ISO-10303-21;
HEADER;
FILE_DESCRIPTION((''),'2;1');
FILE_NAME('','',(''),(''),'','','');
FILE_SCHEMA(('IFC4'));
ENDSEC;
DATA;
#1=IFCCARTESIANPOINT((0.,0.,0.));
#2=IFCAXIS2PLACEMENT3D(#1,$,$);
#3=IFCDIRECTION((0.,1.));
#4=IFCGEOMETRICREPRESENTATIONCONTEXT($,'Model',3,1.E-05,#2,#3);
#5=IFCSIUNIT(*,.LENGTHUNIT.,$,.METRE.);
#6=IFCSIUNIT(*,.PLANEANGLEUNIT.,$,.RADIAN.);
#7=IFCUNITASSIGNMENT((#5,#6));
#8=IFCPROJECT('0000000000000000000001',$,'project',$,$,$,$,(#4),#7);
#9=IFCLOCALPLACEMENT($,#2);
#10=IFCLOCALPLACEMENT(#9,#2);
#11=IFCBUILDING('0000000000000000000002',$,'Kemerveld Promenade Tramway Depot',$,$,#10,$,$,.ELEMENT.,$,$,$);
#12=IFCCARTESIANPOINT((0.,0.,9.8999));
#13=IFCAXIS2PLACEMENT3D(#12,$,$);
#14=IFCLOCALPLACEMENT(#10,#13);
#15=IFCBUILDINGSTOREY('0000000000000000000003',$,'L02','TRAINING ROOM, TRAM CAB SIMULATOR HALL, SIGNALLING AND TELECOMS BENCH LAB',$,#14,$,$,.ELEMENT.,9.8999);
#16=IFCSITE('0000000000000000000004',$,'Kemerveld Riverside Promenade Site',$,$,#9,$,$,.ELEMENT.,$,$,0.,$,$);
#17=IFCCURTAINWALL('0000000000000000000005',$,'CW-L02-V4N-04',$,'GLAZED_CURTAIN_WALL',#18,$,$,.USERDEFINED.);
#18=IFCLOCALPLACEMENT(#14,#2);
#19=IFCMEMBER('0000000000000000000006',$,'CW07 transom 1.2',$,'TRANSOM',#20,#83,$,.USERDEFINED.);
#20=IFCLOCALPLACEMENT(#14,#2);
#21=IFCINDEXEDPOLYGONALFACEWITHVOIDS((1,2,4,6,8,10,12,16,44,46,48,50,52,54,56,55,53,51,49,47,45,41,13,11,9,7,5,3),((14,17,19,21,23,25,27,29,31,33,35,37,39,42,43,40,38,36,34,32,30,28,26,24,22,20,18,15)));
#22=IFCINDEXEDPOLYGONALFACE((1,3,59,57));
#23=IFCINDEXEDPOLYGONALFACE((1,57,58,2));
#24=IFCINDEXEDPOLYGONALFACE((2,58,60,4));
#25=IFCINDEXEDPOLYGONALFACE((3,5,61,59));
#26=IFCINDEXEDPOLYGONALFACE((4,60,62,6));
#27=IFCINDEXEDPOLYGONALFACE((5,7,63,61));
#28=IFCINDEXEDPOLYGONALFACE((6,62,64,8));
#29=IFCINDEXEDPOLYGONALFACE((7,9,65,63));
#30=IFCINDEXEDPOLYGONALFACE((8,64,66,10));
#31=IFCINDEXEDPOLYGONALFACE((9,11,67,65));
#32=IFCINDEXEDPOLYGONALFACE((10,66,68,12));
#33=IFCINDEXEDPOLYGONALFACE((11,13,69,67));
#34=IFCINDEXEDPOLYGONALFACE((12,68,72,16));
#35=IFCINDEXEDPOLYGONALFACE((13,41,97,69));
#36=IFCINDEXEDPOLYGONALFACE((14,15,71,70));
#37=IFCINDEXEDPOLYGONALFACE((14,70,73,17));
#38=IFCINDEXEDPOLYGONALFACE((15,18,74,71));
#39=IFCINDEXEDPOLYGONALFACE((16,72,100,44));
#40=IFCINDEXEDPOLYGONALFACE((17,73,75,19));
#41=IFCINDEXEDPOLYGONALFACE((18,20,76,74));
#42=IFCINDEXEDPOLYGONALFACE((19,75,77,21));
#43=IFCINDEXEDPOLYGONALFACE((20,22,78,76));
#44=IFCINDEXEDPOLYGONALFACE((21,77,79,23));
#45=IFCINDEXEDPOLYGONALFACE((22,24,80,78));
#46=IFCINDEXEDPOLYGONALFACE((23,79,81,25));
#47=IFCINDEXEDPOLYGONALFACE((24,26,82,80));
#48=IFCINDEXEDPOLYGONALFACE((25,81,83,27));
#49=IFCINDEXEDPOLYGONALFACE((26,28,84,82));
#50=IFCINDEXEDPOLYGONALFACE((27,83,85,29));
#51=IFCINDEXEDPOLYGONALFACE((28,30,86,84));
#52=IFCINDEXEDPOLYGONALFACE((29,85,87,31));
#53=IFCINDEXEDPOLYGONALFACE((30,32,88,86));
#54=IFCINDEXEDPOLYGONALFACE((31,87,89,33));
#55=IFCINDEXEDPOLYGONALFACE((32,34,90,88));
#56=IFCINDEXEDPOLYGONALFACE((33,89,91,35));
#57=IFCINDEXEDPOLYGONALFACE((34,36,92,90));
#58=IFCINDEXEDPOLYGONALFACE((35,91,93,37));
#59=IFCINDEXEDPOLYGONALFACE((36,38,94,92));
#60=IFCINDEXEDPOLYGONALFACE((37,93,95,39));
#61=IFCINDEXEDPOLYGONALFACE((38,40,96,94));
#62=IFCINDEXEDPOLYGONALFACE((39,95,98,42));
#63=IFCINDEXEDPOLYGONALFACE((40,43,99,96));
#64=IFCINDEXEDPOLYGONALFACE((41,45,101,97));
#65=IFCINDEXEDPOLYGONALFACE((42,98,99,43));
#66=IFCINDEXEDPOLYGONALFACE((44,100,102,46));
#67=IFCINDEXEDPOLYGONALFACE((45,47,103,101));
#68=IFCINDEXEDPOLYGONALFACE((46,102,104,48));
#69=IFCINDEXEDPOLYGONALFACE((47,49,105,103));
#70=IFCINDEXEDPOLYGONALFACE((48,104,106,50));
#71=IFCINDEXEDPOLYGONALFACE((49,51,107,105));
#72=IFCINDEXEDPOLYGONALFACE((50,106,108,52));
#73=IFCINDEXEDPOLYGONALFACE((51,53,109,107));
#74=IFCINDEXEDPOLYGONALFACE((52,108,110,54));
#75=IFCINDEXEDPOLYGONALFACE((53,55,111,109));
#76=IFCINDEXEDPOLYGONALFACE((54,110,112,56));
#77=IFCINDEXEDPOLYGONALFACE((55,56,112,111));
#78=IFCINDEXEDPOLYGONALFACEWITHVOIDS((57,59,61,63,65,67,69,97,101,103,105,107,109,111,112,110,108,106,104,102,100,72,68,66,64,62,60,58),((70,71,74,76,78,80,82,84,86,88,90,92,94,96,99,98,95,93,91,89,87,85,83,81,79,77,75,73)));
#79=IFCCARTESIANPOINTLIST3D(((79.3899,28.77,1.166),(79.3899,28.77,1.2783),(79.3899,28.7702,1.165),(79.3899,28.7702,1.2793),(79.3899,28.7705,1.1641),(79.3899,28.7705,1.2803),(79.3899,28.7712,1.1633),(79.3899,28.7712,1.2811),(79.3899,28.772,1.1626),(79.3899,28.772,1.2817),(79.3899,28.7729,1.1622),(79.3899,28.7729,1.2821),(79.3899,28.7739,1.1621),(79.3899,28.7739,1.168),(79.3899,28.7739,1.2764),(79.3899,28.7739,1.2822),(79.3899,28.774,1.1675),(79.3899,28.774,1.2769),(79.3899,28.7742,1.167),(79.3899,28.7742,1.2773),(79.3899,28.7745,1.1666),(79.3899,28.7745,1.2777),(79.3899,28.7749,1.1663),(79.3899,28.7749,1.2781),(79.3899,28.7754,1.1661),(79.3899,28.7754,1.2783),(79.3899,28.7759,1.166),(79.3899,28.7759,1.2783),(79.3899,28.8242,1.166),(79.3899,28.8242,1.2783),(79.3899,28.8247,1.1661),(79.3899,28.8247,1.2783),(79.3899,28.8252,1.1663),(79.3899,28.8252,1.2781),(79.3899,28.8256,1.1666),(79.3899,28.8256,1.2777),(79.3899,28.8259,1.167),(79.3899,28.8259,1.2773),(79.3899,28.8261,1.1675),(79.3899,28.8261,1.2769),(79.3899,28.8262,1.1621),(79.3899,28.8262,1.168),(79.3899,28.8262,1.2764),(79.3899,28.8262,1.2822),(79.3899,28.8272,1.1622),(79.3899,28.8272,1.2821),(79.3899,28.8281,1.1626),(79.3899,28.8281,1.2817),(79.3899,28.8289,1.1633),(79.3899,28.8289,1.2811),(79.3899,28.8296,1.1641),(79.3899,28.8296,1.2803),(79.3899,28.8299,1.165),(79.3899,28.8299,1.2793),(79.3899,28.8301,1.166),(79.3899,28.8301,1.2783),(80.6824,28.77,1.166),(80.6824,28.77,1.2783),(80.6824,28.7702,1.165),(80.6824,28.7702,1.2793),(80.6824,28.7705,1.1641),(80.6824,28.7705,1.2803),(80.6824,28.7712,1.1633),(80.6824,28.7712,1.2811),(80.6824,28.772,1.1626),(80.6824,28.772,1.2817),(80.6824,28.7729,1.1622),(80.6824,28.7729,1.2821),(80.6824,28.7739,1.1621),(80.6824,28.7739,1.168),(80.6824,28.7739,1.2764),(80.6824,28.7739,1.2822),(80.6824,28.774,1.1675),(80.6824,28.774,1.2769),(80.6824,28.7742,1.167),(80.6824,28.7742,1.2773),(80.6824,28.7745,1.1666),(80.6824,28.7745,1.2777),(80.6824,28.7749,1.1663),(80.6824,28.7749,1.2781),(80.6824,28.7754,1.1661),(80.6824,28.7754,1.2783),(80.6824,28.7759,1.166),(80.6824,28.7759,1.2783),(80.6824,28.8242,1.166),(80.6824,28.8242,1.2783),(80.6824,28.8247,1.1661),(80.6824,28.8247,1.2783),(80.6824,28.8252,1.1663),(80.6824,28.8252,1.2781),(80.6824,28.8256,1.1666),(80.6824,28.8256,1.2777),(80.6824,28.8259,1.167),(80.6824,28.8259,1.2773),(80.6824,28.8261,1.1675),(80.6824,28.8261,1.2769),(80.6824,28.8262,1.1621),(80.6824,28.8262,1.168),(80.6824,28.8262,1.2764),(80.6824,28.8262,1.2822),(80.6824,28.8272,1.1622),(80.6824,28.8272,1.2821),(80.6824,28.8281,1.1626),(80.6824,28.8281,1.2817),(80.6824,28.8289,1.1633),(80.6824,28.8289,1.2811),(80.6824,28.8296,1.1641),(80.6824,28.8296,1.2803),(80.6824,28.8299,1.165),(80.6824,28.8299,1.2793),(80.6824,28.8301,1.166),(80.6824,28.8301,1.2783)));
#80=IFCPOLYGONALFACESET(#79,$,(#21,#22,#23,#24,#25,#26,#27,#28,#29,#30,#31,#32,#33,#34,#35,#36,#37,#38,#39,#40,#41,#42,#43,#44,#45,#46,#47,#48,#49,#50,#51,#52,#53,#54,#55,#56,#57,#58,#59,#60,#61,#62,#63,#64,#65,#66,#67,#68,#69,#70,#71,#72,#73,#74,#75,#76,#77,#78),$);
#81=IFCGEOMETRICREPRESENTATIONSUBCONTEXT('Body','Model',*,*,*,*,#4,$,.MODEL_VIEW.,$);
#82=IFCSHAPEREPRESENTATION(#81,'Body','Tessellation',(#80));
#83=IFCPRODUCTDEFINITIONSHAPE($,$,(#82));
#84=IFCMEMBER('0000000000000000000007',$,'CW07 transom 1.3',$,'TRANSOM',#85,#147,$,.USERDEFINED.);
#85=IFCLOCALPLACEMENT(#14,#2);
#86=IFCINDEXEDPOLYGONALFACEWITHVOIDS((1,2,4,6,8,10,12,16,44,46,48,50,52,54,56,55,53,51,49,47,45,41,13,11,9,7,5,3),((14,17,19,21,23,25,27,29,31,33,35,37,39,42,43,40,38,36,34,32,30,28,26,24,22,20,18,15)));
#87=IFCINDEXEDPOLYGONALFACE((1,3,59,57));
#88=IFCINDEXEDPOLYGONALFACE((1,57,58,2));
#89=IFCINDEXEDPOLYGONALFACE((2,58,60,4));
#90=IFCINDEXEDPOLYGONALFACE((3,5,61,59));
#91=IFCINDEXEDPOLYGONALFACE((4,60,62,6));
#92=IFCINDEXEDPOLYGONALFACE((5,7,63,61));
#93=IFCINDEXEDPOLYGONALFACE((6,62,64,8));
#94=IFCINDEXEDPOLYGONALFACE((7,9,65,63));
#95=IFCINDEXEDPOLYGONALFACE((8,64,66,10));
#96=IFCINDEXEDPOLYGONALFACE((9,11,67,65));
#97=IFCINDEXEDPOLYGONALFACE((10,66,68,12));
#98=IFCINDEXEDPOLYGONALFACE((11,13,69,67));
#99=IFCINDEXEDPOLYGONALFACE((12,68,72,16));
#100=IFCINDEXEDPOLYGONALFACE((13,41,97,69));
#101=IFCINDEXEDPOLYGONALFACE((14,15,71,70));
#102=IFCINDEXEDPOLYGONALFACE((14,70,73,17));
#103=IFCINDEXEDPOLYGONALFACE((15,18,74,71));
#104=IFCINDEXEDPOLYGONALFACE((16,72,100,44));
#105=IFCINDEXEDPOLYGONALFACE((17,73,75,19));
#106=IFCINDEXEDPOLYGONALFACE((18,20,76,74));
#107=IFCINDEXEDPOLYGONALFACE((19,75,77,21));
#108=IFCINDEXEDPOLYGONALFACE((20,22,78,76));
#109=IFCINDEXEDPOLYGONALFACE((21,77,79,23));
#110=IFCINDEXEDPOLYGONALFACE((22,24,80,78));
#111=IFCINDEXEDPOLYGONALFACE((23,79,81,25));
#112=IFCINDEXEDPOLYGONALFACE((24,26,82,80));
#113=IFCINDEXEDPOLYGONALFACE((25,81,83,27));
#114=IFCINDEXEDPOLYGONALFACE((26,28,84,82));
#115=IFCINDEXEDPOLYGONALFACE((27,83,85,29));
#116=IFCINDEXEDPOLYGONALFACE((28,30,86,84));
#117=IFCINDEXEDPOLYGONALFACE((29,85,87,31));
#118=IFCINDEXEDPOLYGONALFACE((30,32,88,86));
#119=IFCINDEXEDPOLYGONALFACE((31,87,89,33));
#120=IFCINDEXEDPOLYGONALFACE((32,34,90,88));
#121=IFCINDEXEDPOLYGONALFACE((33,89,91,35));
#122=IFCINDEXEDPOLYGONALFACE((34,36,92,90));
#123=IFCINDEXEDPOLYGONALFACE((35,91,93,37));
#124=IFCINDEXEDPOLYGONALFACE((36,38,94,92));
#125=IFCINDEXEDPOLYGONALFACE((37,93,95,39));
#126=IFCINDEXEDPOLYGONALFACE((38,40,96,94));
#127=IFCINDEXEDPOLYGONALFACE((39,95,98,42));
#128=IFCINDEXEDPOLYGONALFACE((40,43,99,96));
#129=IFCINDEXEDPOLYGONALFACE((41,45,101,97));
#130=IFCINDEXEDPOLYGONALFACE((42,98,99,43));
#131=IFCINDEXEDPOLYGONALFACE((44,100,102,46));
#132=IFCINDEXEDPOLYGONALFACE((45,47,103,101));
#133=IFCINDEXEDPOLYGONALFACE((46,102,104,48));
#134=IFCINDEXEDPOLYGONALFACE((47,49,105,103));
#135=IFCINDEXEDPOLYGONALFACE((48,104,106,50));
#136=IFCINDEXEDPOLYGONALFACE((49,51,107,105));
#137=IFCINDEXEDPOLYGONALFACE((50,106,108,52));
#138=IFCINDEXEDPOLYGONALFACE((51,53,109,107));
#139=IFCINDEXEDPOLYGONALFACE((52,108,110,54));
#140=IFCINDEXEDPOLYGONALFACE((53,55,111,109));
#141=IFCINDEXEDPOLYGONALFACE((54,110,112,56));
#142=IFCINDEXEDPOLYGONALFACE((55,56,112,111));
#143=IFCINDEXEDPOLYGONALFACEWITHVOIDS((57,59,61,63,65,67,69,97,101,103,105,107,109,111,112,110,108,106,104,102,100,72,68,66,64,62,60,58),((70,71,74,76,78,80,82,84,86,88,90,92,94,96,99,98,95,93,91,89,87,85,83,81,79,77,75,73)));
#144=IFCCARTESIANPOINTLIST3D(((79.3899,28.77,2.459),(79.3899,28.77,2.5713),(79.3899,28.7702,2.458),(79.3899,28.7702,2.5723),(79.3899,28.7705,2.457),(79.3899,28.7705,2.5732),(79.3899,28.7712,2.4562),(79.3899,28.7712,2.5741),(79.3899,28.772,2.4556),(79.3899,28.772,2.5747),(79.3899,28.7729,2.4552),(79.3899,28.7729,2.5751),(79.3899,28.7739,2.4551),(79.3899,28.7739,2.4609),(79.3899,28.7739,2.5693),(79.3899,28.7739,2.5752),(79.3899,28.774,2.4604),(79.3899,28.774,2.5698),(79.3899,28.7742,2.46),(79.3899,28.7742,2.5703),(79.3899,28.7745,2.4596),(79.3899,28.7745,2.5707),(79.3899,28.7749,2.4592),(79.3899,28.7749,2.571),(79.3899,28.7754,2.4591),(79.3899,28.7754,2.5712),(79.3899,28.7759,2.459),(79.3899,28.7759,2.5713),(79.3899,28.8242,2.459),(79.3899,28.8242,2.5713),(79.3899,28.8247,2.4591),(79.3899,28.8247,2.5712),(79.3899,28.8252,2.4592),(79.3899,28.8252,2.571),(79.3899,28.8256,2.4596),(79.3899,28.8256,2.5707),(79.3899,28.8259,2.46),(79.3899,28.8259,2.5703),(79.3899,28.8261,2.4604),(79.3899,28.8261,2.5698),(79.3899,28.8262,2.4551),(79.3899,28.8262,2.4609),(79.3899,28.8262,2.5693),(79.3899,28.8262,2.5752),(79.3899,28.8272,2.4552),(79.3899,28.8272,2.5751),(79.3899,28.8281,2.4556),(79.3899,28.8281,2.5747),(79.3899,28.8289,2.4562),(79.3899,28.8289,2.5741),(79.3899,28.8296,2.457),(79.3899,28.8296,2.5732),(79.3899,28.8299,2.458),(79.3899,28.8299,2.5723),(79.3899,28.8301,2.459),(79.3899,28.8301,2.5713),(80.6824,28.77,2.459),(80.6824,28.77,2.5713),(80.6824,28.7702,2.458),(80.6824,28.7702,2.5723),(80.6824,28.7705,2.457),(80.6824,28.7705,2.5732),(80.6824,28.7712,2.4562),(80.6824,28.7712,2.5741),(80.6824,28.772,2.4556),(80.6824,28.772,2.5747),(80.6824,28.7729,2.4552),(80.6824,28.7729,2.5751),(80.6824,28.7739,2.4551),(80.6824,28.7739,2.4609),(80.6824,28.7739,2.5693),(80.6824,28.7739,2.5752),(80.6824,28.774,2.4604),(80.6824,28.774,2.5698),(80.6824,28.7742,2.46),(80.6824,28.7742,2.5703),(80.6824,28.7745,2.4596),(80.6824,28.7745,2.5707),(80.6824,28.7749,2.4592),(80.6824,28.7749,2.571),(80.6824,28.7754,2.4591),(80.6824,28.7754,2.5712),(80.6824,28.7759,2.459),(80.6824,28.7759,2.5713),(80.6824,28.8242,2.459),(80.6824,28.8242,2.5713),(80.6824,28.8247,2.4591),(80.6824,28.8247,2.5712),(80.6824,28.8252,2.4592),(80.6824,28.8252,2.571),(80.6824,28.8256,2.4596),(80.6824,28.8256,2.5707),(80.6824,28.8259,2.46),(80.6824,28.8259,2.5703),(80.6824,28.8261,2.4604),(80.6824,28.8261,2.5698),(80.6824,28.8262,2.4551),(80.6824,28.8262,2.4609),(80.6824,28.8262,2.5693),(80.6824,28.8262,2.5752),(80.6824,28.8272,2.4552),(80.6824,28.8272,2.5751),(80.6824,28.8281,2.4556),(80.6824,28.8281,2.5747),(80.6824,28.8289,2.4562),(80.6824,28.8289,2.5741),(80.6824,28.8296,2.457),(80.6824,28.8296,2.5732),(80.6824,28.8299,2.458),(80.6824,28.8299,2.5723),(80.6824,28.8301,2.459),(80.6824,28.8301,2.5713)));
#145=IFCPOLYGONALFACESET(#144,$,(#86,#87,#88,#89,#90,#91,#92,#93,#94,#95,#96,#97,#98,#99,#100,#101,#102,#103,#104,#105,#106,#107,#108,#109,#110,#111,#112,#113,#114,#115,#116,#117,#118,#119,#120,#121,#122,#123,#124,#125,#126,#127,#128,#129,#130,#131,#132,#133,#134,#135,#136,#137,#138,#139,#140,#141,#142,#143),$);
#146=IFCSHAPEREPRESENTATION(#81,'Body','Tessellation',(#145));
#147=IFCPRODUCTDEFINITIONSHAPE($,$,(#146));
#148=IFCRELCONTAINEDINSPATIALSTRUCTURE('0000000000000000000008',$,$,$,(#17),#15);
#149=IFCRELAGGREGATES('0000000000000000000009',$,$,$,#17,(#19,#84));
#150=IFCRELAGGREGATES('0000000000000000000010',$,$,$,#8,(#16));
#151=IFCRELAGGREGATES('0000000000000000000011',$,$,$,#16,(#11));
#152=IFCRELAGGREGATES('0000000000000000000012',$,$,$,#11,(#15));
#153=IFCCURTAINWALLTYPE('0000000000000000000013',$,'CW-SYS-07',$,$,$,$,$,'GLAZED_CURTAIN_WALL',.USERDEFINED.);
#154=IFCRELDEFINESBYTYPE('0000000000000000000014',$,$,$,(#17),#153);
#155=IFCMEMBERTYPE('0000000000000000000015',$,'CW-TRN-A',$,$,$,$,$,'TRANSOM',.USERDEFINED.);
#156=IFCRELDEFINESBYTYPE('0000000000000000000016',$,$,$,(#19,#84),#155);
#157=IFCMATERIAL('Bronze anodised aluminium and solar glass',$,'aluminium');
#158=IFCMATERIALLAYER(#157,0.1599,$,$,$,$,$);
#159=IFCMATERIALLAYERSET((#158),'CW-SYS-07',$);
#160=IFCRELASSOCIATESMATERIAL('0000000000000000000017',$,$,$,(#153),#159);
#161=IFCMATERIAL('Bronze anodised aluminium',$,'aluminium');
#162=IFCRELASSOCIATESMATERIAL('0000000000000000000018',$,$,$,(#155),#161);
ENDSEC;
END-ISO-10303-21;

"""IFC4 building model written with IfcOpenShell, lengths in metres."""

from ifc_helpers import new_model, si_unit, direction, frame, origin, origin_2d, place, context, subcontext, project, spatial, hollow_rectangle, extrude, material, layer, layer_set, material_profile, profile_set, type_object, element, aggregate, save


model = new_model("IFC4")

# Units and contexts
model_context = context("Model", 3, precision=1e-05, world=origin(), true_north=direction((0.0, 1.0)))
body_context = subcontext(model_context, "Body", "Model", "MODEL_VIEW")
ifc_project = project(units=[si_unit("LENGTHUNIT", "METRE"), si_unit("PLANEANGLEUNIT", "RADIAN")], contexts=[model_context])

# Site, building, storey
site_placement = place(None, origin())
site = spatial("IfcSite", under=ifc_project, at=site_placement, Name="Kemerveld Riverside Promenade Site", CompositionType="ELEMENT", RefElevation=0.0)
building_placement = place(site_placement, origin())
building = spatial("IfcBuilding", under=site, at=building_placement, Name="Kemerveld Promenade Tramway Depot", CompositionType="ELEMENT")
storey_placement = place(building_placement, frame((0.0, 0.0, 9.8999)))
storey = spatial("IfcBuildingStorey", under=building, at=storey_placement, Name="L02", Description="TRAINING ROOM, TRAM CAB SIMULATOR HALL, SIGNALLING AND TELECOMS BENCH LAB", CompositionType="ELEMENT", Elevation=9.8999)

# Curtain wall, members
ifc_material_1 = material(Name="Bronze anodised aluminium and solar glass", Category="aluminium")
ifc_layer_1 = layer(ifc_material_1, 0.1599)
ifc_layer_set_1 = layer_set([ifc_layer_1], Name="CW-SYS-07")
curtain_wall_type = type_object("IfcCurtainWallType", Name="CW-SYS-07", ElementType="GLAZED_CURTAIN_WALL", PredefinedType="USERDEFINED", material=ifc_layer_set_1)
curtain_wall_placement = place(storey_placement, origin())
curtain_wall = element("IfcCurtainWall", 1, at=curtain_wall_placement, inside=storey, type_object=curtain_wall_type, Name="CW-L02-V4N-04", ObjectType="GLAZED_CURTAIN_WALL", PredefinedType="USERDEFINED")
ifc_material_2 = material(Name="Bronze anodised aluminium", Category="aluminium")
ifc_material_profile_1 = material_profile(ifc_material_2, hollow_rectangle(XDim=0.0601, YDim=0.1201, WallThickness=0.0039, InnerFilletRadius=0.002, OuterFilletRadius=0.0039, at=origin_2d()), Name="CW-TRN-120x60")
ifc_profile_set_1 = profile_set([ifc_material_profile_1], Name="Bronze anodised aluminium")
member_type_1 = type_object("IfcMemberType", Name="CW-TRN-A", ElementType="TRANSOM", PredefinedType="USERDEFINED", material=ifc_profile_set_1)
member_1_placement = place(storey_placement, frame((79.3899, 28.8, 1.2222), z_axis=(1.0, 0.0, 0.0), x_axis=(0.0, 1.0, 0.0)))
member_1 = element("IfcMember", 2, at=member_1_placement, type_object=member_type_1, Name="CW07 transom 1.2", ObjectType="TRANSOM", PredefinedType="USERDEFINED", context=body_context, shape_type="SweptSolid", body=[
    extrude(hollow_rectangle(XDim=0.0601, YDim=0.1201, WallThickness=0.0039, InnerFilletRadius=0.002, OuterFilletRadius=0.0039, at=origin_2d()), origin(), (0.0, 0.0, 1.0), 1.2925),
])
member_2_placement = place(storey_placement, frame((79.3899, 28.8, 2.5151), z_axis=(1.0, 0.0, 0.0), x_axis=(0.0, 1.0, 0.0)))
member_2 = element("IfcMember", 3, at=member_2_placement, type_object=member_type_1, Name="CW07 transom 1.3", ObjectType="TRANSOM", PredefinedType="USERDEFINED", context=body_context, shape_type="SweptSolid", body=[
    extrude(hollow_rectangle(XDim=0.0601, YDim=0.1201, WallThickness=0.0039, InnerFilletRadius=0.002, OuterFilletRadius=0.0039, at=origin_2d()), origin(), (0.0, 0.0, 1.0), 1.2925),
])
aggregate(curtain_wall, [member_1, member_2])

save(model, "model.ifc")
